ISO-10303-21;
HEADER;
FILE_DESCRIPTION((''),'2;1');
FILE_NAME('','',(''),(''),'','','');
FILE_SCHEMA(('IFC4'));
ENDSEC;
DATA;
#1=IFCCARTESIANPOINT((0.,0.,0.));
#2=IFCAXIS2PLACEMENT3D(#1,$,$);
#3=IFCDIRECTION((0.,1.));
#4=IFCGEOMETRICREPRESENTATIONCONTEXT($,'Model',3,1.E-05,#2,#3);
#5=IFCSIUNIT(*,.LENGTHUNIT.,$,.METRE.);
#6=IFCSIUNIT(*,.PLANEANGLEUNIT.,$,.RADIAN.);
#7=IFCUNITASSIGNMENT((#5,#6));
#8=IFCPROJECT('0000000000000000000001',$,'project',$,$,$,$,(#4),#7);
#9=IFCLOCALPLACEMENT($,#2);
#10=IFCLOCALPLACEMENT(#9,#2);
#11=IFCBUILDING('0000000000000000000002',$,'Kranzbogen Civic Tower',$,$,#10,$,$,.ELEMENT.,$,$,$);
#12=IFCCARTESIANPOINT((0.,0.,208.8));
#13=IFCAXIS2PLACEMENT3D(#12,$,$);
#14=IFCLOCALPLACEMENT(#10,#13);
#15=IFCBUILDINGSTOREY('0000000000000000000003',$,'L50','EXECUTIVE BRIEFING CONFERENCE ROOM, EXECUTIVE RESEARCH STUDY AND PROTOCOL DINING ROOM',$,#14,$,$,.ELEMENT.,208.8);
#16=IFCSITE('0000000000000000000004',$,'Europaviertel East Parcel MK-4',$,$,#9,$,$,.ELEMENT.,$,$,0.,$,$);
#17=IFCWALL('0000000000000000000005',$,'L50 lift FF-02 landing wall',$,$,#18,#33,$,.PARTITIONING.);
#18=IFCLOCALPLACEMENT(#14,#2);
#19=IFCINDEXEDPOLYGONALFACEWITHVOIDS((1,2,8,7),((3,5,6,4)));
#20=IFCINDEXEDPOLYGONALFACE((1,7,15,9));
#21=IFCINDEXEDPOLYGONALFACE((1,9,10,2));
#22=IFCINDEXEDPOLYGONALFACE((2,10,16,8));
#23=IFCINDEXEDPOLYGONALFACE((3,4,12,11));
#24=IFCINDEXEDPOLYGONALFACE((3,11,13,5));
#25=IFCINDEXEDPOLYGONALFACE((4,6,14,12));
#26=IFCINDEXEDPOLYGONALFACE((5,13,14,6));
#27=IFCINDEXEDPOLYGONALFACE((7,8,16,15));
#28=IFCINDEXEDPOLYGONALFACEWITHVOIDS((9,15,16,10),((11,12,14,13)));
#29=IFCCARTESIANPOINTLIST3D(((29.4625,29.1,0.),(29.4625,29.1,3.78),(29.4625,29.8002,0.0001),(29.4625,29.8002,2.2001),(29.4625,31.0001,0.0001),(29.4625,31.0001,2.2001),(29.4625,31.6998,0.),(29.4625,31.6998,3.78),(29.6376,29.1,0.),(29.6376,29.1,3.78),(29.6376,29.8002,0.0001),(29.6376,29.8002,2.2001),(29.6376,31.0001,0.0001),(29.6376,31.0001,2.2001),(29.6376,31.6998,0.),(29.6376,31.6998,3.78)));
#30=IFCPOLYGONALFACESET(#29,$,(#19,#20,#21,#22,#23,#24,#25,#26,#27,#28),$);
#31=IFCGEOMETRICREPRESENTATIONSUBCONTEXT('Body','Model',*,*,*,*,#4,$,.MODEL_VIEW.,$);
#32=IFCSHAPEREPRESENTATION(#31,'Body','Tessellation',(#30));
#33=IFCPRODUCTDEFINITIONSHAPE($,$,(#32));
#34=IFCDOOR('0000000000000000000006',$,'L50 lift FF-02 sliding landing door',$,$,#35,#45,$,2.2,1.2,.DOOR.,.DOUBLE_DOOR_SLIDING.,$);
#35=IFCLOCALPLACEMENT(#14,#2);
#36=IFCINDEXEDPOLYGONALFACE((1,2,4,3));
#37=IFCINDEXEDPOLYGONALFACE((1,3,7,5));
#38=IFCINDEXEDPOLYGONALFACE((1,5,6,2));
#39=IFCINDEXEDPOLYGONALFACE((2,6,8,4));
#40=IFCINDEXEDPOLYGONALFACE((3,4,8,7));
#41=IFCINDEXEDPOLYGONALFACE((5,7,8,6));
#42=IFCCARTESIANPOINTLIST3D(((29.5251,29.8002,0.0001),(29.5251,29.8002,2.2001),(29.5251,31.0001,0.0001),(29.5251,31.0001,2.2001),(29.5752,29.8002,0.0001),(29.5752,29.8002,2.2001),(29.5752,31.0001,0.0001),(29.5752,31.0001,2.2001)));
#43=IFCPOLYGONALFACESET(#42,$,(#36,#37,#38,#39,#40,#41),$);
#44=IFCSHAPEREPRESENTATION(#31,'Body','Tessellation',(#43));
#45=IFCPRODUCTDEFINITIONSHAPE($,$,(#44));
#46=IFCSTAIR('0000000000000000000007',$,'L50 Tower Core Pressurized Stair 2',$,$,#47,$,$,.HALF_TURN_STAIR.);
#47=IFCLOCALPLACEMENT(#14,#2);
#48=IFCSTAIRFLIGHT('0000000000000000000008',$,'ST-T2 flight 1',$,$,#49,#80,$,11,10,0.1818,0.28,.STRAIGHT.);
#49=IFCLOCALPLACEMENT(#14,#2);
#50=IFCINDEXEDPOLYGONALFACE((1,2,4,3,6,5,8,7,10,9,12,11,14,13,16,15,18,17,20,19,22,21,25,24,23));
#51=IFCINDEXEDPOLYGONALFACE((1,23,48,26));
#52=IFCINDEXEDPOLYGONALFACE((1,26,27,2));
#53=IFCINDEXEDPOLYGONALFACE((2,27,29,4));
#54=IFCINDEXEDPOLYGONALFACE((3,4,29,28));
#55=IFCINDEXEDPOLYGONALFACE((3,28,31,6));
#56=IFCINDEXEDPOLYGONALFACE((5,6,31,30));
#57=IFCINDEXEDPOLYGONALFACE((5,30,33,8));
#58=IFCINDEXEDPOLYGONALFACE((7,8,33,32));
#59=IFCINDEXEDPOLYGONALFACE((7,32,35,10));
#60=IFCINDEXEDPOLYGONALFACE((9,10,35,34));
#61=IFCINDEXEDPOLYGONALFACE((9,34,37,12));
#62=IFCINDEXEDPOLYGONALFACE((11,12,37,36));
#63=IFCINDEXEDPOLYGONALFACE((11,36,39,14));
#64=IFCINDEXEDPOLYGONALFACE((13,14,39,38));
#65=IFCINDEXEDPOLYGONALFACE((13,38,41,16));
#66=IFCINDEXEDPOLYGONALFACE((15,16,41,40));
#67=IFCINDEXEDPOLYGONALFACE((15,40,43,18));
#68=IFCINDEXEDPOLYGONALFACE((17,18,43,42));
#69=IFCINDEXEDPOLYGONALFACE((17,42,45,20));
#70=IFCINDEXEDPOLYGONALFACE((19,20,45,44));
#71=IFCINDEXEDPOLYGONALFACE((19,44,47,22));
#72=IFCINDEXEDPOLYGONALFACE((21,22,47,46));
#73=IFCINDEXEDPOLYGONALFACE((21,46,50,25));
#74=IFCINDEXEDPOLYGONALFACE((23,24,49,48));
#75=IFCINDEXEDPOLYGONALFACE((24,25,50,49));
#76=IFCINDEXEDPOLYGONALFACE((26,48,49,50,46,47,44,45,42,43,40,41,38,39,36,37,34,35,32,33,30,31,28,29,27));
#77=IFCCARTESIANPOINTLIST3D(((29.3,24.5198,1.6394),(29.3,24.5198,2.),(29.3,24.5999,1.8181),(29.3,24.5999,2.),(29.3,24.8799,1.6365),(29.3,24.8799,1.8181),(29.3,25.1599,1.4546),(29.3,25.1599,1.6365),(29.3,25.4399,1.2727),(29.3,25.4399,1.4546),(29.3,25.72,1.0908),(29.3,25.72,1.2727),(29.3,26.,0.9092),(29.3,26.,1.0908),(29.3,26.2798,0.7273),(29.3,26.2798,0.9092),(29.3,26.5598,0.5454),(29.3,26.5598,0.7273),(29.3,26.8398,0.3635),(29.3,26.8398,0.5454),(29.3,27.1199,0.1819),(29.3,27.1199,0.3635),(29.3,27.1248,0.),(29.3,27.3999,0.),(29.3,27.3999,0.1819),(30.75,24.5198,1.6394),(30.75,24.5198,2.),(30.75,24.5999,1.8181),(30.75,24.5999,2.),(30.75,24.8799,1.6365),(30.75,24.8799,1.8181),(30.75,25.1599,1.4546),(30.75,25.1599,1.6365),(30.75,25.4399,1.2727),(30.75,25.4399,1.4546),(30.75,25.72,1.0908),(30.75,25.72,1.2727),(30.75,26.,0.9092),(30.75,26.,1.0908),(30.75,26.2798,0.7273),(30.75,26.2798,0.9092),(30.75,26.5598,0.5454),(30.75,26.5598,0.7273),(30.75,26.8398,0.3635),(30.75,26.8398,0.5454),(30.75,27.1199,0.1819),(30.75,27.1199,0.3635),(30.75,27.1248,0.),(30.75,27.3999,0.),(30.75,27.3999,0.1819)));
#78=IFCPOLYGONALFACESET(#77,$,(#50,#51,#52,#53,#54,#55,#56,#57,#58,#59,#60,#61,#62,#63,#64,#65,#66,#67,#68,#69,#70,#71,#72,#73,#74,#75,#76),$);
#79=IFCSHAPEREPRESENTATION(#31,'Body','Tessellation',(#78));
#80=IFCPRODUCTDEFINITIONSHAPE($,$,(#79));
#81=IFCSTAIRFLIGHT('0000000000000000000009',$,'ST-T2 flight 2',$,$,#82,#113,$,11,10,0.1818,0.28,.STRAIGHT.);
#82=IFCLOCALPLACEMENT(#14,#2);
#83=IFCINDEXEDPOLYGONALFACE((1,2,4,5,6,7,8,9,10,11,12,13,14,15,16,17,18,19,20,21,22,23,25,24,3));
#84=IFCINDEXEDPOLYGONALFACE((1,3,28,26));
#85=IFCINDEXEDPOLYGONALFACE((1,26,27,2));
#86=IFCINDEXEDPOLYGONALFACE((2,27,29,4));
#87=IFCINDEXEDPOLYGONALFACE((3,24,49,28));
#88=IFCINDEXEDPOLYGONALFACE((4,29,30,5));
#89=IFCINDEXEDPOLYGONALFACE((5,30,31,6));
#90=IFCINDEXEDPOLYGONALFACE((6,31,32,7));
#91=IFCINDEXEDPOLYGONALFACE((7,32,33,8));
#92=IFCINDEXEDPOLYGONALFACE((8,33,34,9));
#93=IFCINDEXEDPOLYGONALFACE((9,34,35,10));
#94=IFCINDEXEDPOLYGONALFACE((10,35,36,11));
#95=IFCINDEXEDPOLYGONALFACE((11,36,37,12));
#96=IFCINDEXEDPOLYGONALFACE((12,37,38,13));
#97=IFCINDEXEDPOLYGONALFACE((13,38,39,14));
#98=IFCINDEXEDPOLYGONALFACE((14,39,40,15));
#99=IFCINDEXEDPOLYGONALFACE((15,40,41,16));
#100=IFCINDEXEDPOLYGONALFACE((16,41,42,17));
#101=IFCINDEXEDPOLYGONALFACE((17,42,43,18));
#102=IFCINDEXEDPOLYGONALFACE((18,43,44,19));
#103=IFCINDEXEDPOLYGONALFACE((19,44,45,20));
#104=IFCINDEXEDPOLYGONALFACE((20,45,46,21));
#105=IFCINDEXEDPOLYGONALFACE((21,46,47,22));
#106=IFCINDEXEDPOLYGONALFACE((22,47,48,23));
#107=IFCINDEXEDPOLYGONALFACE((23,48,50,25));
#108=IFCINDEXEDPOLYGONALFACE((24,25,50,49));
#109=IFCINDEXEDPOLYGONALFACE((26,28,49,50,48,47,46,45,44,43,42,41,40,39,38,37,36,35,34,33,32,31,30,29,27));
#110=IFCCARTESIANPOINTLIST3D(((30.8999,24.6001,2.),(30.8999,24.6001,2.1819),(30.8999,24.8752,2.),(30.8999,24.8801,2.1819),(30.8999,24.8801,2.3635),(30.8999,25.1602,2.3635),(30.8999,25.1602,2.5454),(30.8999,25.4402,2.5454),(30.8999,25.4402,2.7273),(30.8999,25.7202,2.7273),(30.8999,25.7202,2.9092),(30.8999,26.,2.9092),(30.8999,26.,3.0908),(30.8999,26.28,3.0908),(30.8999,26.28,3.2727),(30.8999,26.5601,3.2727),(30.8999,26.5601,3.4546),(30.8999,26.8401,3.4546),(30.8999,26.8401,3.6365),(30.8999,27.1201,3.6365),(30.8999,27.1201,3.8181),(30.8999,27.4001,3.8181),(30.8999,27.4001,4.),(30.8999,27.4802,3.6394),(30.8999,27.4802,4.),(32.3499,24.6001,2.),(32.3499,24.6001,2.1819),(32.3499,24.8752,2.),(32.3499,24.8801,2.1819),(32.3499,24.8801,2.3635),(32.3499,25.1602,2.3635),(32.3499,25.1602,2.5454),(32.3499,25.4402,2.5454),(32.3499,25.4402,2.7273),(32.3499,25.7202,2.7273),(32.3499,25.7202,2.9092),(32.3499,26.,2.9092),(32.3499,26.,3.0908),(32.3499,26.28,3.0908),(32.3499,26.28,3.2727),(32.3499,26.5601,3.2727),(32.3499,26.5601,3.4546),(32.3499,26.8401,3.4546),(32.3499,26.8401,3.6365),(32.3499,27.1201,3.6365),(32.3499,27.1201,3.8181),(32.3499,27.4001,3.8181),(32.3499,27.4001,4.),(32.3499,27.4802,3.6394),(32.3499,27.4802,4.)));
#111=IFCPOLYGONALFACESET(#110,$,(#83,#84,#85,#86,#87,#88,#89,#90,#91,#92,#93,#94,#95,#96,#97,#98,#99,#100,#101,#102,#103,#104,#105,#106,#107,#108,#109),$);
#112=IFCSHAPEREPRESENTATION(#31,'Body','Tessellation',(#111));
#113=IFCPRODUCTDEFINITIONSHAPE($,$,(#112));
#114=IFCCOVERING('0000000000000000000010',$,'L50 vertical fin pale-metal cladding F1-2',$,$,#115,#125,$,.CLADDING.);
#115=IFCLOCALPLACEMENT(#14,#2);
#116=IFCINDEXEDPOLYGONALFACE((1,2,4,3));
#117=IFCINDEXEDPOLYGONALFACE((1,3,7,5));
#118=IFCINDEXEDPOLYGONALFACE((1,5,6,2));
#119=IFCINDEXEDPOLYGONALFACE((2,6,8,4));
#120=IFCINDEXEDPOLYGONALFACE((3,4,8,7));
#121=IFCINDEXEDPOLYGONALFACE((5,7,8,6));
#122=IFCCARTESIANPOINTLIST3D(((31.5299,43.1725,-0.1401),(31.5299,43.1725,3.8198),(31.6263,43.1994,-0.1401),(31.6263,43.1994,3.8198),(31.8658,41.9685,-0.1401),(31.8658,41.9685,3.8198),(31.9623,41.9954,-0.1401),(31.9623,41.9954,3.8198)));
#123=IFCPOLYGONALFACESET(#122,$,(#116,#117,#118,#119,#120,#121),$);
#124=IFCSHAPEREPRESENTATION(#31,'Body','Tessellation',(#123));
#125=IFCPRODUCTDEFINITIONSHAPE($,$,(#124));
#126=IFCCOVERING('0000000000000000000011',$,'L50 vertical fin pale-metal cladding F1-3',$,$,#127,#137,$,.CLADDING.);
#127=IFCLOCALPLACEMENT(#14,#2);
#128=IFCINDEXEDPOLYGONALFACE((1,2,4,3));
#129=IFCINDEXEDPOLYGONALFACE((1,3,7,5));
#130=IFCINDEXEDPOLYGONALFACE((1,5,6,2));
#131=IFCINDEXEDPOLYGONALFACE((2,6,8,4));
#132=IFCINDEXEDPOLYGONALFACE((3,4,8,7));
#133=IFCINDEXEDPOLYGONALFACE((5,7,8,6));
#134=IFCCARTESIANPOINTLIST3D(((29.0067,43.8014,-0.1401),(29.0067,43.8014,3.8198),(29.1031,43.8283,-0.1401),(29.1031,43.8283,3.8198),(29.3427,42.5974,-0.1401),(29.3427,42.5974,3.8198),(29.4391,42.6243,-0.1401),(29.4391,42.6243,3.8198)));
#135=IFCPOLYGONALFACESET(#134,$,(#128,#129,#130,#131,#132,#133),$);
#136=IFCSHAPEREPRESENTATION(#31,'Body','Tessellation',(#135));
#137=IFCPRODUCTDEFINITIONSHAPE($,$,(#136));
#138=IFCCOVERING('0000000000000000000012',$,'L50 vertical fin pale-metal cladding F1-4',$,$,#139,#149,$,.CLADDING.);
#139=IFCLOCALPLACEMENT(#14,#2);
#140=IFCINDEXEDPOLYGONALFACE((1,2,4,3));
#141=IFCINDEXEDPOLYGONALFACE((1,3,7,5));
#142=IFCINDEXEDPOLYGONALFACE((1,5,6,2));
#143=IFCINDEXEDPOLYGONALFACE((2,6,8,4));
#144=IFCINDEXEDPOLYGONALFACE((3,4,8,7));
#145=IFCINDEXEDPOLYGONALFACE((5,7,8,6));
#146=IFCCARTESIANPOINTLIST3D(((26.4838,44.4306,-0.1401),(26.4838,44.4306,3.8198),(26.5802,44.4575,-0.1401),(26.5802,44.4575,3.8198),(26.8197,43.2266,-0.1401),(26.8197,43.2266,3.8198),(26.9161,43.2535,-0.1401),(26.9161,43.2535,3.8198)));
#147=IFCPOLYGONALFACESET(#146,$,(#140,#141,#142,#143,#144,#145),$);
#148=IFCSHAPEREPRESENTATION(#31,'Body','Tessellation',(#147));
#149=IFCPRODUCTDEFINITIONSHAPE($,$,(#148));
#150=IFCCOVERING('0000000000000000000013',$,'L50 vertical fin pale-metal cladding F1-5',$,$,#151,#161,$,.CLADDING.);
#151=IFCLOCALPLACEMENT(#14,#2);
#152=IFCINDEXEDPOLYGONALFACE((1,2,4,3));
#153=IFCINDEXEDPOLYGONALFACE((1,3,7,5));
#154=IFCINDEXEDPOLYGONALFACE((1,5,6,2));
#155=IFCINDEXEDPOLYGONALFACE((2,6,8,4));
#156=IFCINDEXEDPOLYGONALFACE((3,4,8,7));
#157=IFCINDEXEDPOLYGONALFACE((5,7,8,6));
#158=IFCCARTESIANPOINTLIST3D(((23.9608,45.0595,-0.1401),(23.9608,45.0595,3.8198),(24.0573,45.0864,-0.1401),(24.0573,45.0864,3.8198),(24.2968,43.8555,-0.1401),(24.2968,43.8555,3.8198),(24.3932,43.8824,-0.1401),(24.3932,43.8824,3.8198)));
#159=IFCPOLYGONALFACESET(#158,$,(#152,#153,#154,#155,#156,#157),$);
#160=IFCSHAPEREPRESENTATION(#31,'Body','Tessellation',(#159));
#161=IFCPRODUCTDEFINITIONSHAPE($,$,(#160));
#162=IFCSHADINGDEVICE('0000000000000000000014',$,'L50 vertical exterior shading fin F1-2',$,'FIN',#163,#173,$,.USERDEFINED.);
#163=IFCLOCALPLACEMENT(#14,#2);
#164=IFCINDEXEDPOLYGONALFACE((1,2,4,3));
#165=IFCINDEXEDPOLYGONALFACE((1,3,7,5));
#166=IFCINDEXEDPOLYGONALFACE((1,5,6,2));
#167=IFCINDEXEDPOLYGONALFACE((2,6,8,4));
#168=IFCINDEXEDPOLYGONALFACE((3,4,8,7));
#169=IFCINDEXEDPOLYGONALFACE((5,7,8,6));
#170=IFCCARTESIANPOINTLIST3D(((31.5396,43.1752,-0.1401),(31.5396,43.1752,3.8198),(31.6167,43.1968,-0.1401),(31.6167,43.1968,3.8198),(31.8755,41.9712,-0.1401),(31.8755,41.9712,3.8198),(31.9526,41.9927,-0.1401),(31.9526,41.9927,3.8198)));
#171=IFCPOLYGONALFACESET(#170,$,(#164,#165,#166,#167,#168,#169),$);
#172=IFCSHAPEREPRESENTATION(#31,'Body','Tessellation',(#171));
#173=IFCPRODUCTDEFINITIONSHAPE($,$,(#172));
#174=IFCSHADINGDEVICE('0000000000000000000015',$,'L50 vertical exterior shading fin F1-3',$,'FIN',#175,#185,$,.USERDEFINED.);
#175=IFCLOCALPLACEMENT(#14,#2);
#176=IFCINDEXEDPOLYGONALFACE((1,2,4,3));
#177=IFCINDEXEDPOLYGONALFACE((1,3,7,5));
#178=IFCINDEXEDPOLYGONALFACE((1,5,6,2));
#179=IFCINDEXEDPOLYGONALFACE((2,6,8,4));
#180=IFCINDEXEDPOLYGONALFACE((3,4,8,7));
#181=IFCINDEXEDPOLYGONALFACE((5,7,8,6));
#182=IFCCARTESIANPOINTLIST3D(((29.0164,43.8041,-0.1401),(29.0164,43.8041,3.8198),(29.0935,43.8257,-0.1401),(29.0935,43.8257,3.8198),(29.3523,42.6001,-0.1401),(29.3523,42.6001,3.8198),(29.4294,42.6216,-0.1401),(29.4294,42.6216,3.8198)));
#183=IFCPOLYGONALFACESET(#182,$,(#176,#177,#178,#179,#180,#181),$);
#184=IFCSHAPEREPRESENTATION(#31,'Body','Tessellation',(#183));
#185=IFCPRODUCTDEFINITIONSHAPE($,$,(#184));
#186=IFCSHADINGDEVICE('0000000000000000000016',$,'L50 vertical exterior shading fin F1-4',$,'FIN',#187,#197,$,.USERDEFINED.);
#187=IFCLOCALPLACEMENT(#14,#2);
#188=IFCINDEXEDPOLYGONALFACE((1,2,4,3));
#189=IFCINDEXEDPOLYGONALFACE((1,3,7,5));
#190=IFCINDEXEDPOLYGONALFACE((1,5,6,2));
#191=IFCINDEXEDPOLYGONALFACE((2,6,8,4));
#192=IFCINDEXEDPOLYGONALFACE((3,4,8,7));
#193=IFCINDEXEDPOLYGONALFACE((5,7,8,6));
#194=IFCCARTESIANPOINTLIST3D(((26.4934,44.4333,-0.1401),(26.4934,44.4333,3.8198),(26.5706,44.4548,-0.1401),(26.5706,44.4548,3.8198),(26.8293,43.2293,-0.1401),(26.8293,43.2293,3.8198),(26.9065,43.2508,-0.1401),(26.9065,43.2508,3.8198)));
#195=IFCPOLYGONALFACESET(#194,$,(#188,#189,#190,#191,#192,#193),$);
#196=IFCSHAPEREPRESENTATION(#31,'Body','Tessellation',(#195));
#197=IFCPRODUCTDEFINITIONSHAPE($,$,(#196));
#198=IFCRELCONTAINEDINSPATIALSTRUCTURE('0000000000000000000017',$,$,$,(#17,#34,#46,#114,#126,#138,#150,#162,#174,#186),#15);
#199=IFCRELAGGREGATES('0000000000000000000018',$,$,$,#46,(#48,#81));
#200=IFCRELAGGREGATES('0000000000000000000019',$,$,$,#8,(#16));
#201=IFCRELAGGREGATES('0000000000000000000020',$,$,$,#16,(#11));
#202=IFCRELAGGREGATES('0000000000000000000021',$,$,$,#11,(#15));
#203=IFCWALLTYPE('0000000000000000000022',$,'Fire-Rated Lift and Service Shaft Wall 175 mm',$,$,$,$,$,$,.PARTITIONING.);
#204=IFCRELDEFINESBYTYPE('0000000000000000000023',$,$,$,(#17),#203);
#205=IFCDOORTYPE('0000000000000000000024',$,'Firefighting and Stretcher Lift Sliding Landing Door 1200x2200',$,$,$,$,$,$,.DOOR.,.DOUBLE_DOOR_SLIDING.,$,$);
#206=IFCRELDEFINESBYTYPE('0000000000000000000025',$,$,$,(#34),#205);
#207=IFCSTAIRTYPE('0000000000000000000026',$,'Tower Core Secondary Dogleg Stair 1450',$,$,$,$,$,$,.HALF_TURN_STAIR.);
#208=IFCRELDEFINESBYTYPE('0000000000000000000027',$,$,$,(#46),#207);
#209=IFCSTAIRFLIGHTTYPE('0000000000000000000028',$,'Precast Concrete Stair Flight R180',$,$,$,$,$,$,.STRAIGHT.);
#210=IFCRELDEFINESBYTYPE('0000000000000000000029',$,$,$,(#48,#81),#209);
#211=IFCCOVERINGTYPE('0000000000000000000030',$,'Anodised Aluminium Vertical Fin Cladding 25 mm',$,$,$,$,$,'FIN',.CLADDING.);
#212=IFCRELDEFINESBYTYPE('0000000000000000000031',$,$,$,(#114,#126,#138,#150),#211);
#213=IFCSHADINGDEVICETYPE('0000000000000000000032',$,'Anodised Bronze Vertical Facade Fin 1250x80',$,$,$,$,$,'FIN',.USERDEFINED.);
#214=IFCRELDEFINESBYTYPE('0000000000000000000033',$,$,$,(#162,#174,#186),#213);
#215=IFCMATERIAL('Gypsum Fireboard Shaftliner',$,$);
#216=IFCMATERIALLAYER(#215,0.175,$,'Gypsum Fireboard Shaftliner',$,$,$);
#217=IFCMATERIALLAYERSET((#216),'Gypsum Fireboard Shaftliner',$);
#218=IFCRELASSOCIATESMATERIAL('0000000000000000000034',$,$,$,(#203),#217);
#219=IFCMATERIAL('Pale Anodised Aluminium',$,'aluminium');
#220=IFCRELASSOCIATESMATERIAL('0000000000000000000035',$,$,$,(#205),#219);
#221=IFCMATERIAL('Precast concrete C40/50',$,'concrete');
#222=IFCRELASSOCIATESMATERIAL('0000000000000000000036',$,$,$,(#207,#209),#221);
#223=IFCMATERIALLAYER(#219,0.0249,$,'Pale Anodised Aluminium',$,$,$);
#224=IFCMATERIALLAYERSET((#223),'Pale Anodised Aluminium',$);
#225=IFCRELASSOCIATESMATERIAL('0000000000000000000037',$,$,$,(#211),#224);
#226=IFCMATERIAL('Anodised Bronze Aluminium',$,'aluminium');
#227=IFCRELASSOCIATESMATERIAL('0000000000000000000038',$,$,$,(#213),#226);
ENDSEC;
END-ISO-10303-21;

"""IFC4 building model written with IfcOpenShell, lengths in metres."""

from ifc_helpers import new_model, si_unit, direction, frame, frame_2d, origin, origin_2d, place, context, subcontext, project, spatial, polyline, rectangle, outline, extrude, material, layer, layer_set, type_object, element, fill, aggregate, save


model = new_model("IFC4")

# Units and contexts
model_context = context("Model", 3, precision=1e-05, world=origin(), true_north=direction((0.0, 1.0)))
body_context = subcontext(model_context, "Body", "Model", "MODEL_VIEW")
ifc_project = project(units=[si_unit("LENGTHUNIT", "METRE"), si_unit("PLANEANGLEUNIT", "RADIAN")], contexts=[model_context])

# Site, building, storey
site_placement = place(None, origin())
site = spatial("IfcSite", under=ifc_project, at=site_placement, Name="Europaviertel East Parcel MK-4", CompositionType="ELEMENT", RefElevation=0.0)
building_placement = place(site_placement, origin())
building = spatial("IfcBuilding", under=site, at=building_placement, Name="Kranzbogen Civic Tower", CompositionType="ELEMENT")
storey_placement = place(building_placement, frame((0.0, 0.0, 208.8)))
storey = spatial("IfcBuildingStorey", under=building, at=storey_placement, Name="L50", Description="EXECUTIVE BRIEFING CONFERENCE ROOM, EXECUTIVE RESEARCH STUDY AND PROTOCOL DINING ROOM", CompositionType="ELEMENT", Elevation=208.8)

# Shared definitions
ifc_material_1 = material(Name="Pale Anodised Aluminium", Category="aluminium")

# Shared definitions
ifc_material_2 = material(Name="Gypsum Fireboard Shaftliner")
ifc_layer_1 = layer(ifc_material_2, 0.175, Name="Gypsum Fireboard Shaftliner")
ifc_layer_set_1 = layer_set([ifc_layer_1], Name="Gypsum Fireboard Shaftliner")
wall_type_1 = type_object("IfcWallType", Name="Fire-Rated Lift and Service Shaft Wall 175 mm", PredefinedType="PARTITIONING", material=ifc_layer_set_1)

# Wall, opening, door
wall_1_placement = place(storey_placement, frame((29.55, 29.1001, 0.0), z_axis=(0.0, 0.0, 1.0), x_axis=(0.0, 1.0, 0.0)))
wall_1 = element("IfcWall", 1, at=wall_1_placement, inside=storey, type_object=wall_type_1, Name="L50 lift FF-02 landing wall", PredefinedType="PARTITIONING", context=body_context, shape_type="SweptSolid", body=[
    extrude(rectangle(XDim=2.5999, YDim=0.175, at=frame_2d((1.2998, 0.0))), origin(), (0.0, 0.0, 1.0), 3.78),
])
opening_1_placement = place(wall_1_placement, frame((0.7, 0.0, 0.0)))
opening_1 = element("IfcOpeningElement", 2, at=opening_1_placement, cuts=wall_1, PredefinedType="OPENING", context=body_context, shape_type="SweptSolid", body=[
    extrude(rectangle(XDim=1.2, YDim=2.2, at=frame_2d((0.6001, 1.1001))), frame((0.0, 0.0977, 0.0), z_axis=(0.0, -1.0, 0.0), x_axis=(1.0, 0.0, 0.0)), (0.0, 0.0, 1.0), 0.1951),
])
door_type_1 = type_object("IfcDoorType", Name="Firefighting and Stretcher Lift Sliding Landing Door 1200x2200", OperationType="DOUBLE_DOOR_SLIDING", PredefinedType="DOOR", material=ifc_material_1)
door_1_placement = place(opening_1_placement, origin())
door_1 = element("IfcDoor", 3, at=door_1_placement, inside=storey, type_object=door_type_1, Name="L50 lift FF-02 sliding landing door", OperationType="DOUBLE_DOOR_SLIDING", OverallHeight=2.2, OverallWidth=1.2, PredefinedType="DOOR", context=body_context, shape_type="SweptSolid", body=[
    extrude(rectangle(XDim=1.2, YDim=2.2, at=frame_2d((0.6001, 1.1001))), frame((0.0, 0.0249, 0.0), z_axis=(0.0, -1.0, 0.0), x_axis=(1.0, 0.0, 0.0)), (0.0, 0.0, 1.0), 0.05),
])
fill(opening_1, door_1)

# Stair, stair flights
ifc_material_3 = material(Name="Precast concrete C40/50", Category="concrete")
stair_type = type_object("IfcStairType", Name="Tower Core Secondary Dogleg Stair 1450", PredefinedType="HALF_TURN_STAIR", material=ifc_material_3)
stair_placement = place(storey_placement, origin())
stair = element("IfcStair", 4, at=stair_placement, inside=storey, type_object=stair_type, Name="L50 Tower Core Pressurized Stair 2", PredefinedType="HALF_TURN_STAIR")
stair_flight_type = type_object("IfcStairFlightType", Name="Precast Concrete Stair Flight R180", PredefinedType="STRAIGHT", material=ifc_material_3)
stair_flight_1_placement = place(storey_placement, frame((30.0249, 27.3999, 0.0), z_axis=(0.0, 0.0, 1.0), x_axis=(0.0, -1.0, 0.0)))
stair_flight_1 = element("IfcStairFlight", 5, at=stair_flight_1_placement, type_object=stair_flight_type, Name="ST-T2 flight 1", NumberOfRisers=11, NumberOfTreads=10, PredefinedType="STRAIGHT", RiserHeight=0.1818, TreadLength=0.28, context=body_context, shape_type="SweptSolid", body=[
    extrude(outline(polyline([(0.0, 0.0), (0.0, 0.1819), (0.28, 0.1819), (0.28, 0.3635), (0.5601, 0.3635), (0.5601, 0.5454), (0.8401, 0.5454), (0.8401, 0.7273), (1.1201, 0.7273), (1.1201, 0.9092), (1.3999, 0.9092), (1.3999, 1.0908), (1.6799, 1.0908), (1.6799, 1.2727), (1.96, 1.2727), (1.96, 1.4546), (2.24, 1.4546), (2.24, 1.6365), (2.52, 1.6365), (2.52, 1.8181), (2.8, 1.8181), (2.8, 2.0), (2.8801, 2.0), (2.8801, 1.6394), (0.2751, 0.0), (0.0, 0.0)])), frame((0.0, 0.7251, 0.0), z_axis=(0.0, -1.0, 0.0), x_axis=(1.0, 0.0, 0.0)), (0.0, 0.0, 1.0), 1.45),
])
stair_flight_2_placement = place(storey_placement, frame((31.625, 24.6001, 2.0), z_axis=(0.0, 0.0, 1.0), x_axis=(0.0, 1.0, 0.0)))
stair_flight_2 = element("IfcStairFlight", 6, at=stair_flight_2_placement, type_object=stair_flight_type, Name="ST-T2 flight 2", NumberOfRisers=11, NumberOfTreads=10, PredefinedType="STRAIGHT", RiserHeight=0.1818, TreadLength=0.28, context=body_context, shape_type="SweptSolid", body=[
    extrude(outline(polyline([(0.0, 0.0), (0.0, 0.1819), (0.28, 0.1819), (0.28, 0.3635), (0.5601, 0.3635), (0.5601, 0.5454), (0.8401, 0.5454), (0.8401, 0.7273), (1.1201, 0.7273), (1.1201, 0.9092), (1.3999, 0.9092), (1.3999, 1.0908), (1.6799, 1.0908), (1.6799, 1.2727), (1.96, 1.2727), (1.96, 1.4546), (2.24, 1.4546), (2.24, 1.6365), (2.52, 1.6365), (2.52, 1.8181), (2.8, 1.8181), (2.8, 2.0), (2.8801, 2.0), (2.8801, 1.6394), (0.2751, 0.0), (0.0, 0.0)])), frame((0.0, 0.7251, 0.0), z_axis=(0.0, -1.0, 0.0), x_axis=(1.0, 0.0, 0.0)), (0.0, 0.0, 1.0), 1.45),
])
aggregate(stair, [stair_flight_1, stair_flight_2])

# Coverings
ifc_layer_2 = layer(ifc_material_1, 0.0249, Name="Pale Anodised Aluminium")
ifc_layer_set_2 = layer_set([ifc_layer_2], Name="Pale Anodised Aluminium")
covering_type = type_object("IfcCoveringType", Name="Anodised Aluminium Vertical Fin Cladding 25 mm", ElementType="FIN", PredefinedType="CLADDING", material=ifc_layer_set_2)
for number, where, z_axis, x_axis, name in (
    (7, (31.7461, 42.584, -0.1401), (0.0, 0.0, 1.0), (-0.268735, 0.963214, 0.0), "L50 vertical fin pale-metal cladding F1-2"),
    (8, (29.2229, 43.2129, -0.1401), (0.0, 0.0, 1.0), (-0.268735, 0.963214, 0.0), "L50 vertical fin pale-metal cladding F1-3"),
    (9, (26.7, 43.842, -0.1401), (0.0, 0.0, 1.0), (-0.268735, 0.963214, 0.0), "L50 vertical fin pale-metal cladding F1-4"),
    (10, (24.177, 44.4709, -0.1401), (0.0, 0.0, 1.0), (-0.268735, 0.963214, 0.0), "L50 vertical fin pale-metal cladding F1-5"),
):
    element("IfcCovering", number, at=place(storey_placement, frame(where, z_axis=z_axis, x_axis=x_axis)), inside=storey, type_object=covering_type, Name=name, PredefinedType="CLADDING", context=body_context, shape_type="SweptSolid", body=[
        extrude(rectangle(XDim=1.25, YDim=0.1001, at=origin_2d()), origin(), (0.0, 0.0, 1.0), 3.96),
    ])

# Shading devices
ifc_material_4 = material(Name="Anodised Bronze Aluminium", Category="aluminium")
shading_device_type = type_object("IfcShadingDeviceType", Name="Anodised Bronze Vertical Facade Fin 1250x80", ElementType="FIN", PredefinedType="USERDEFINED", material=ifc_material_4)
for number, where, z_axis, x_axis, name in (
    (11, (31.7461, 42.584, -0.1401), (0.0, 0.0, 1.0), (-0.268735, 0.963214, 0.0), "L50 vertical exterior shading fin F1-2"),
    (12, (29.2229, 43.2129, -0.1401), (0.0, 0.0, 1.0), (-0.268735, 0.963214, 0.0), "L50 vertical exterior shading fin F1-3"),
    (13, (26.7, 43.842, -0.1401), (0.0, 0.0, 1.0), (-0.268735, 0.963214, 0.0), "L50 vertical exterior shading fin F1-4"),
):
    element("IfcShadingDevice", number, at=place(storey_placement, frame(where, z_axis=z_axis, x_axis=x_axis)), inside=storey, type_object=shading_device_type, Name=name, ObjectType="FIN", PredefinedType="USERDEFINED", context=body_context, shape_type="SweptSolid", body=[
        extrude(rectangle(XDim=1.25, YDim=0.0801, at=origin_2d()), origin(), (0.0, 0.0, 1.0), 3.96),
    ])

save(model, "model.ifc")
